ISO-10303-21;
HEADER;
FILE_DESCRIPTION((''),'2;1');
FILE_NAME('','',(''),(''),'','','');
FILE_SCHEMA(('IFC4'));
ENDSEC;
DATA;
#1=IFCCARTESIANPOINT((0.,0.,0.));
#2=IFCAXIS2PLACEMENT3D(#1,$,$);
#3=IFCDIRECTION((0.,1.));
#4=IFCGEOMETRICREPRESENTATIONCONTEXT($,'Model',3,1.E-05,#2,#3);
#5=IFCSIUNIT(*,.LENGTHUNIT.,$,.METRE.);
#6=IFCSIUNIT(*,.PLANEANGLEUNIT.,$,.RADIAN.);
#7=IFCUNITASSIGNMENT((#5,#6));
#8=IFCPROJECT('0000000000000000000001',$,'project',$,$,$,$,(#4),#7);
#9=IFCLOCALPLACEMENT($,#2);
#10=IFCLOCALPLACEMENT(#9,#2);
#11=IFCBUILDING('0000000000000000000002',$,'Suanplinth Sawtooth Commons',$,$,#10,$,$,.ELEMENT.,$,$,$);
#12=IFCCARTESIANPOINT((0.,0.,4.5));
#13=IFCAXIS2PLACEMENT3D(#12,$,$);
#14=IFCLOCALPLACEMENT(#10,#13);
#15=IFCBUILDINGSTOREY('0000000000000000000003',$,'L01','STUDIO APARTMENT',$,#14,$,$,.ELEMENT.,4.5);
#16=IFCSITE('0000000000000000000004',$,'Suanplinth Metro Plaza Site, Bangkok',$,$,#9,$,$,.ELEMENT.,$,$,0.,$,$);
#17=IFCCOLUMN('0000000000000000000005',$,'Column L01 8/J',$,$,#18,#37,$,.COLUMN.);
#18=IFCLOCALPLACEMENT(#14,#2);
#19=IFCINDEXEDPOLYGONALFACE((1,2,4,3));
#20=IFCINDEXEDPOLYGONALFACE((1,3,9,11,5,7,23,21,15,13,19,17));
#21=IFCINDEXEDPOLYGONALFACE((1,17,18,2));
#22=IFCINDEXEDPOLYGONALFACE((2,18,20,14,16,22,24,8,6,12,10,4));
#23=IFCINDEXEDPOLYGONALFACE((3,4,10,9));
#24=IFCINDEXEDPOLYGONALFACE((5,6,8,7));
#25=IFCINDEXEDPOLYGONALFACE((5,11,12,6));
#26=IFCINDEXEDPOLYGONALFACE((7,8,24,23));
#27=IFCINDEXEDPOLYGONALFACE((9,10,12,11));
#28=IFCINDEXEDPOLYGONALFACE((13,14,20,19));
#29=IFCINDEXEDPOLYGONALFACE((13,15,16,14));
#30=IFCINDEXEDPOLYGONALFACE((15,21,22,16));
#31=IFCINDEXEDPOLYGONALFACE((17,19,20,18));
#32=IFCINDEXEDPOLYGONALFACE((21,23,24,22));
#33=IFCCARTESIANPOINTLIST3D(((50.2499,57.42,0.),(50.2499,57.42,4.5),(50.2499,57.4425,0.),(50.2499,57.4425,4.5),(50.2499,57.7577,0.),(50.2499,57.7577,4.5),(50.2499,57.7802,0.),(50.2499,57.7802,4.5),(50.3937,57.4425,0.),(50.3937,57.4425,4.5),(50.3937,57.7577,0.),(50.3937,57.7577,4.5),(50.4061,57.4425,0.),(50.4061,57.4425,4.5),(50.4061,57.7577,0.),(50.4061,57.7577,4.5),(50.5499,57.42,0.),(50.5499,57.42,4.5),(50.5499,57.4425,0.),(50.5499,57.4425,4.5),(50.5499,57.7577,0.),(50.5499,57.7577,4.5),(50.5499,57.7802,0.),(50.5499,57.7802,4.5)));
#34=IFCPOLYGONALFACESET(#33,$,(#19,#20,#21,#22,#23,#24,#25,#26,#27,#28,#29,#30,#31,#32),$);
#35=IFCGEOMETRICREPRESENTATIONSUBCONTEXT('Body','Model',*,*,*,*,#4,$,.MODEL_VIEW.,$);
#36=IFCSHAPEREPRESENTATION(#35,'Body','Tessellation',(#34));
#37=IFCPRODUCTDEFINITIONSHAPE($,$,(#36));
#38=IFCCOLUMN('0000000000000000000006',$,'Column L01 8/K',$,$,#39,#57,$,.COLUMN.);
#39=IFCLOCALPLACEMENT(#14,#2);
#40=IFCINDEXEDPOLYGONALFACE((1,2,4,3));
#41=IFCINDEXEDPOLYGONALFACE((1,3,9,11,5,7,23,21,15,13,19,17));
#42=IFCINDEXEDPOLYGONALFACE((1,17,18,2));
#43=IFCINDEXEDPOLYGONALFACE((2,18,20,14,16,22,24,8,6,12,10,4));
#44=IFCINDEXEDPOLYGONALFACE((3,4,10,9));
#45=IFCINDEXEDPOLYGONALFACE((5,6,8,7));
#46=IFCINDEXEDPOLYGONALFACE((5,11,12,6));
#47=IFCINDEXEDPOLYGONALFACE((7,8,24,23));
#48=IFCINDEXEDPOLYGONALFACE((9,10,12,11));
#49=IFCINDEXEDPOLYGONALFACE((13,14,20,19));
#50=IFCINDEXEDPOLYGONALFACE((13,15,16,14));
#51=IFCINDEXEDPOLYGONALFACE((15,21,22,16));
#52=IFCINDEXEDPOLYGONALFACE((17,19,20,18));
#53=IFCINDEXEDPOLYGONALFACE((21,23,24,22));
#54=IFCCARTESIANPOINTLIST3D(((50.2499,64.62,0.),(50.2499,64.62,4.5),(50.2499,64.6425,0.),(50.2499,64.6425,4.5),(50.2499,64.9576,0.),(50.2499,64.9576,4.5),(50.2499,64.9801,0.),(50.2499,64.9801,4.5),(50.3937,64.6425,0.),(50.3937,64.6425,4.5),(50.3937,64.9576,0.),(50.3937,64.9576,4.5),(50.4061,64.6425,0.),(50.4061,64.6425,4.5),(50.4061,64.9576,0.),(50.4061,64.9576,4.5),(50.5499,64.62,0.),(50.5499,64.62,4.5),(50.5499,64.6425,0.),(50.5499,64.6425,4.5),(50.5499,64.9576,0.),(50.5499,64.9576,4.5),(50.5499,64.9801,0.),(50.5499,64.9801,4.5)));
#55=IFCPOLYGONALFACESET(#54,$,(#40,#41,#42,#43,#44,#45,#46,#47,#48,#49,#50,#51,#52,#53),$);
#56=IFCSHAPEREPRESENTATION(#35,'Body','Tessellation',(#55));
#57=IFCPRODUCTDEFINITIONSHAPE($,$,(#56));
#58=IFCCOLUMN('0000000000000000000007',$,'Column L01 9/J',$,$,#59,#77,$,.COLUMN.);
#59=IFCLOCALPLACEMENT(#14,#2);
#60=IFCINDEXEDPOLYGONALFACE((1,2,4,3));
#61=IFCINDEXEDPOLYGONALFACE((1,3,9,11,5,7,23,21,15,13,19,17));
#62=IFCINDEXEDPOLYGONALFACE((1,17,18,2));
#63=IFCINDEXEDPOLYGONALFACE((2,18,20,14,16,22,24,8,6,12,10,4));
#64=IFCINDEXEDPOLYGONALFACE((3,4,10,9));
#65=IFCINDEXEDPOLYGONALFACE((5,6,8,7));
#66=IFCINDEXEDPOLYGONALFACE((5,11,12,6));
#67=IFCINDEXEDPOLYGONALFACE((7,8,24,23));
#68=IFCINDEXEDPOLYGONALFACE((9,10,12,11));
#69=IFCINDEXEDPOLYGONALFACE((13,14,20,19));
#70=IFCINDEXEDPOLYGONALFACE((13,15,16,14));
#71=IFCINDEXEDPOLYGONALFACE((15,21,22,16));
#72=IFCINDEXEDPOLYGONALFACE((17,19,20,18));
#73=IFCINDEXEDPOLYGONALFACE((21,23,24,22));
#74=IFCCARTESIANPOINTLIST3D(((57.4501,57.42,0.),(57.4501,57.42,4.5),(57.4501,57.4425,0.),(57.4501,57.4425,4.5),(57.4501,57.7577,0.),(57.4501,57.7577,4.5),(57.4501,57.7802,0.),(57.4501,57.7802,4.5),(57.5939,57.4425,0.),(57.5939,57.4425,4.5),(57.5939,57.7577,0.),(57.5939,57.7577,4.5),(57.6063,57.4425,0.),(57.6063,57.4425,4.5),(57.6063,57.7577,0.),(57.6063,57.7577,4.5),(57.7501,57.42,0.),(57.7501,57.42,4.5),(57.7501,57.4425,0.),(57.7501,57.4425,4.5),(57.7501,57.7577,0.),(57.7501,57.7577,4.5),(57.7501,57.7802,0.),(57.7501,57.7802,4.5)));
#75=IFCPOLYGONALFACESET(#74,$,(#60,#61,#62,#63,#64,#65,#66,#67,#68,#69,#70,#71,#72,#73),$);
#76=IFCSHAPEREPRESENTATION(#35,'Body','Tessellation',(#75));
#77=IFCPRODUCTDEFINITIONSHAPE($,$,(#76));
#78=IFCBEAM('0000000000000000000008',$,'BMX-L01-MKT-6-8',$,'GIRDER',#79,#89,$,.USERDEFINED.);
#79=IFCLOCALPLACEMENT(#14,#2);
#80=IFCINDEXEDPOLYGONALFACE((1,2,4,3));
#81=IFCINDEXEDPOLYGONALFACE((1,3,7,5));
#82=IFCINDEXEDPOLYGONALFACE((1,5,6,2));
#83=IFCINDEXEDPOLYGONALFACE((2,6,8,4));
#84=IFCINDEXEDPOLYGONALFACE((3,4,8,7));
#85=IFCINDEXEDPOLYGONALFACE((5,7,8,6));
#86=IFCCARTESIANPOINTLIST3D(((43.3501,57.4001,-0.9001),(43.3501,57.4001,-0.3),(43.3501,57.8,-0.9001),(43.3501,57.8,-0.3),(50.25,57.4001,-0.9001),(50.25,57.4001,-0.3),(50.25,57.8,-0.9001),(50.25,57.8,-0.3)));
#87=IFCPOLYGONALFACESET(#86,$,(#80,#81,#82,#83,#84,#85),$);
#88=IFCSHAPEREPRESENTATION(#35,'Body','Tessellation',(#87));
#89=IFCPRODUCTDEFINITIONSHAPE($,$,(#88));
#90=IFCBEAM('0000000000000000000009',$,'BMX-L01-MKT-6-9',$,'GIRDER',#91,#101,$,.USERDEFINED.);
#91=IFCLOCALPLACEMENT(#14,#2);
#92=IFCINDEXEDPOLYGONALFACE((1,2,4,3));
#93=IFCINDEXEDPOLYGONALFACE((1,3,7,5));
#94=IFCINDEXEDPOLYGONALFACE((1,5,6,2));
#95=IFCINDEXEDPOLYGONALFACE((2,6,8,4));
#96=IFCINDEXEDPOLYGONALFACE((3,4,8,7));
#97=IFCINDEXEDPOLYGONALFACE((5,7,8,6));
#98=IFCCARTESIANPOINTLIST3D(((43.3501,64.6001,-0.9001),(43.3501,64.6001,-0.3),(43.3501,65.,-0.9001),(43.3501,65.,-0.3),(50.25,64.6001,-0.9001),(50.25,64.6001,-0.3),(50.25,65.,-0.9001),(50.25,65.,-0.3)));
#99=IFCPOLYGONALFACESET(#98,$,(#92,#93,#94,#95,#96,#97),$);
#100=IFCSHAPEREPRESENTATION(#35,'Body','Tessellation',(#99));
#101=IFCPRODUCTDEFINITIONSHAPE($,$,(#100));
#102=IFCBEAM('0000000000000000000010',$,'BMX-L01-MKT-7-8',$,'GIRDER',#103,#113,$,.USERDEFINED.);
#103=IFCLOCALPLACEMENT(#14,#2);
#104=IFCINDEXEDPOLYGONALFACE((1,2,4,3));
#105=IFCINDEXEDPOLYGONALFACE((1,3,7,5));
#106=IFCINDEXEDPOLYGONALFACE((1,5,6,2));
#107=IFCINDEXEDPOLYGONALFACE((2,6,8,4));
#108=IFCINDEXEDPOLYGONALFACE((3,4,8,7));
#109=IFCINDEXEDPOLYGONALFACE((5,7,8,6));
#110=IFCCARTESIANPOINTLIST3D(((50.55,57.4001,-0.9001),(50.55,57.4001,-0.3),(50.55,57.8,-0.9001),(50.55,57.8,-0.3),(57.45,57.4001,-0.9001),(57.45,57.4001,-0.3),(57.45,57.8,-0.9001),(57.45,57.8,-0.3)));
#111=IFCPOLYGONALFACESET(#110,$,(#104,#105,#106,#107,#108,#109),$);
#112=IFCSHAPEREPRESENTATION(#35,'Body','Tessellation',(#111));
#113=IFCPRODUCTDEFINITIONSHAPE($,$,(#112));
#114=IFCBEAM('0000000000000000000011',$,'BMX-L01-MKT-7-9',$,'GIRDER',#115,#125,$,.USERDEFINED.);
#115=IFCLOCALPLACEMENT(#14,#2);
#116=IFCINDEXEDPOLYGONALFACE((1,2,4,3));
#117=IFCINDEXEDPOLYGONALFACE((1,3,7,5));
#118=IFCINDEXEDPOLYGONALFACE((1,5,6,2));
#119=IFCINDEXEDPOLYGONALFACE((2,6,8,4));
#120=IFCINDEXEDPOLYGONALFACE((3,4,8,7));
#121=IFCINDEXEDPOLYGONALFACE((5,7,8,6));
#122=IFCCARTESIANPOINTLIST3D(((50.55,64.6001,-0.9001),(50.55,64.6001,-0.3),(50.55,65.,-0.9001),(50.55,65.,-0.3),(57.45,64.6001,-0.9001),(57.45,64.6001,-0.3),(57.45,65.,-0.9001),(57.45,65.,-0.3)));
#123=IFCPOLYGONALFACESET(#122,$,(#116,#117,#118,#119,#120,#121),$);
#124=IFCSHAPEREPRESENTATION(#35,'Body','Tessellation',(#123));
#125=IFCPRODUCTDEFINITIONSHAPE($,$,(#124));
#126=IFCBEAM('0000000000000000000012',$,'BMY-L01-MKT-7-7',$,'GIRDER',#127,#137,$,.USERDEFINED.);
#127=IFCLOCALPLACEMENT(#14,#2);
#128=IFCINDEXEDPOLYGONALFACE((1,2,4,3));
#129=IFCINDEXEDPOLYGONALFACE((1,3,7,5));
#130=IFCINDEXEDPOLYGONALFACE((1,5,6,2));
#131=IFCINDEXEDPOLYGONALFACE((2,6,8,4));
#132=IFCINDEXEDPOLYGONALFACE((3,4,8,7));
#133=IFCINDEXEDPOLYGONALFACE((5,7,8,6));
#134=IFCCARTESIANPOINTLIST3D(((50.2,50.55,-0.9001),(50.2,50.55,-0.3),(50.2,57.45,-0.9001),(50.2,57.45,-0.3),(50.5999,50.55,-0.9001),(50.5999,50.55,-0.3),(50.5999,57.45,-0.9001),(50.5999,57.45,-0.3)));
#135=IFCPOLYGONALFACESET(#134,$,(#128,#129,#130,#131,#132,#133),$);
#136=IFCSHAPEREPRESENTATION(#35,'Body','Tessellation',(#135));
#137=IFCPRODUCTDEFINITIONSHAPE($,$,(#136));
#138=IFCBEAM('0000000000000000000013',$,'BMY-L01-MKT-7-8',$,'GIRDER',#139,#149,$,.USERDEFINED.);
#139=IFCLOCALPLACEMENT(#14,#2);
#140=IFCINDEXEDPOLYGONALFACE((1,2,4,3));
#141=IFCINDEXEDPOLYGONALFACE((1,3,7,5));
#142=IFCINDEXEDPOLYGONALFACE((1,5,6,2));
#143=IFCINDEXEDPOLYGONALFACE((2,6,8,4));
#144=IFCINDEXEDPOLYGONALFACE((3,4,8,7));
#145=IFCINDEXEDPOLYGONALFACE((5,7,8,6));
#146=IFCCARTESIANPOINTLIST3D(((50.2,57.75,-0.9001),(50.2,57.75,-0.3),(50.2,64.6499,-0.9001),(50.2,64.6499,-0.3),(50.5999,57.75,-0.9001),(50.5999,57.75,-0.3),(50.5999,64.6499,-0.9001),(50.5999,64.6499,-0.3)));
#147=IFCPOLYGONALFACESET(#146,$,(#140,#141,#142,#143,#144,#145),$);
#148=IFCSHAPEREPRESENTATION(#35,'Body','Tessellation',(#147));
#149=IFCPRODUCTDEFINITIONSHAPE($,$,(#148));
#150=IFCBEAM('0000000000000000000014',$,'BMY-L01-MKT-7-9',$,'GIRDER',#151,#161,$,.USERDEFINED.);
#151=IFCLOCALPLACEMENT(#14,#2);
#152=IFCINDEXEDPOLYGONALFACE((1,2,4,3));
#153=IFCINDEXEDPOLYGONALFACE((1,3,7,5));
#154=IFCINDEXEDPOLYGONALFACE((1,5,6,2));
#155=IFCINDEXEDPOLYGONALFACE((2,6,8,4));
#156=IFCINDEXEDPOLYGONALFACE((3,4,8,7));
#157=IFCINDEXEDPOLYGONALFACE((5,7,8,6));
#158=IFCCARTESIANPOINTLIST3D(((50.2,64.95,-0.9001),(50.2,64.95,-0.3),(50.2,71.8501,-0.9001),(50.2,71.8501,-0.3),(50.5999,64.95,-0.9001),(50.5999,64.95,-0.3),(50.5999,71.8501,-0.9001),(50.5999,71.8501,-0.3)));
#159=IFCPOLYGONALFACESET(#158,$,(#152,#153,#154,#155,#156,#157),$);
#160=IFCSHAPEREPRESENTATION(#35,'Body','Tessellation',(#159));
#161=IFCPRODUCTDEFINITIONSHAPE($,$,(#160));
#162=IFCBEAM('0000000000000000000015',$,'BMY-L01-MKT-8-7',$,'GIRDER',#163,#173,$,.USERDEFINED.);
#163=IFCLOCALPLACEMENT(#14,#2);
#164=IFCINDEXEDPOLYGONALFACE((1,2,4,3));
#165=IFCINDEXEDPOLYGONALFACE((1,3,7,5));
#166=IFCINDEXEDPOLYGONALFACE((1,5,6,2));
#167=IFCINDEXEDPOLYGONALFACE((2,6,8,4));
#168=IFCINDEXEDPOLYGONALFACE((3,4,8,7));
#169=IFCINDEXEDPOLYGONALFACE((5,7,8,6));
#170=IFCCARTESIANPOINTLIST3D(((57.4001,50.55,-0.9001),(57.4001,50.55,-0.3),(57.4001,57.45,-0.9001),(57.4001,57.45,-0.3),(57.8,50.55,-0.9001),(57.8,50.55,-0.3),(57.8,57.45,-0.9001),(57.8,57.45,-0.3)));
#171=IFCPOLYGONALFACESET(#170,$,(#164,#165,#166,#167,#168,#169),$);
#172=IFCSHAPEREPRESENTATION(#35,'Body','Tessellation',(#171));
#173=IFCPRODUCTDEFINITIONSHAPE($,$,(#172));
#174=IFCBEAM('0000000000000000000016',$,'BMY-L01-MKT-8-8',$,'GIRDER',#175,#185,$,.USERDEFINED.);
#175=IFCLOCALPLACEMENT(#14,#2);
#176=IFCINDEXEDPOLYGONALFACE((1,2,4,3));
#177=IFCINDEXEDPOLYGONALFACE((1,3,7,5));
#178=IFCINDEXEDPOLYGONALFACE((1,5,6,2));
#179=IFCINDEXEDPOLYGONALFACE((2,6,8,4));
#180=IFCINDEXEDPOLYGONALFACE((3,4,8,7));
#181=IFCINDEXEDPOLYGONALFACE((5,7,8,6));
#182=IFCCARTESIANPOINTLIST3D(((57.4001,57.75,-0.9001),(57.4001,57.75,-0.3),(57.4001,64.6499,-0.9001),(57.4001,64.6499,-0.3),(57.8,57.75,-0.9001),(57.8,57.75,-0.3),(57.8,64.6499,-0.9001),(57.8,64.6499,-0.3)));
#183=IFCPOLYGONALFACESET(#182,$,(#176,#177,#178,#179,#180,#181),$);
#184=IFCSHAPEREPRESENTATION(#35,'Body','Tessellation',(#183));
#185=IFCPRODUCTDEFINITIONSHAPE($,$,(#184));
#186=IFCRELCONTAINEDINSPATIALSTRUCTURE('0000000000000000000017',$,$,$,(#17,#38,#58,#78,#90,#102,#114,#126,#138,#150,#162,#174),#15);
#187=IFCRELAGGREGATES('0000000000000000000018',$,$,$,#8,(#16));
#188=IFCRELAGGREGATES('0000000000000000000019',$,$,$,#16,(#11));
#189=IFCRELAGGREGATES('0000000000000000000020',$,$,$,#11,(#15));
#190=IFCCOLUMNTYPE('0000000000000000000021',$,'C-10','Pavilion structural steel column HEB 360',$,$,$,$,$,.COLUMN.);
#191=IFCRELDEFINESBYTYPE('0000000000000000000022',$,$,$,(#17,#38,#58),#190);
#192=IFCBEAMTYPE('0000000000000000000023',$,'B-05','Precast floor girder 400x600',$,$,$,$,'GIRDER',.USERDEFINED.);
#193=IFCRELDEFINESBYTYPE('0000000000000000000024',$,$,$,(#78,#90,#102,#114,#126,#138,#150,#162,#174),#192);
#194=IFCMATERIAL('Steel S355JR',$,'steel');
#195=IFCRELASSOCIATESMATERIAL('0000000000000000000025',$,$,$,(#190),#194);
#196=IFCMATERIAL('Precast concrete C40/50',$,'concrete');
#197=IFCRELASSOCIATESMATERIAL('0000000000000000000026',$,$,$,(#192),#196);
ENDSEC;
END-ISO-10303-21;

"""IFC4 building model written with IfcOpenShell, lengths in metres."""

from ifc_helpers import new_model, si_unit, direction, frame, origin, origin_2d, place, context, subcontext, project, spatial, rectangle, i_section, extrude, material, material_profile, profile_set, type_object, element, save


model = new_model("IFC4")

# Units and contexts
model_context = context("Model", 3, precision=1e-05, world=origin(), true_north=direction((0.0, 1.0)))
body_context = subcontext(model_context, "Body", "Model", "MODEL_VIEW")
ifc_project = project(units=[si_unit("LENGTHUNIT", "METRE"), si_unit("PLANEANGLEUNIT", "RADIAN")], contexts=[model_context])

# Site, building, storey
site_placement = place(None, origin())
site = spatial("IfcSite", under=ifc_project, at=site_placement, Name="Suanplinth Metro Plaza Site, Bangkok", CompositionType="ELEMENT", RefElevation=0.0)
building_placement = place(site_placement, origin())
building = spatial("IfcBuilding", under=site, at=building_placement, Name="Suanplinth Sawtooth Commons", CompositionType="ELEMENT")
storey_placement = place(building_placement, frame((0.0, 0.0, 4.5)))
storey = spatial("IfcBuildingStorey", under=building, at=storey_placement, Name="L01", Description="STUDIO APARTMENT", CompositionType="ELEMENT", Elevation=4.5)

# Columns
ifc_material_1 = material(Name="Steel S355JR", Category="steel")
ifc_material_profile_1 = material_profile(ifc_material_1, i_section(OverallWidth=0.3, OverallDepth=0.3601, WebThickness=0.0125, FlangeThickness=0.0225, at=origin_2d()), Name="HEB 360")
ifc_profile_set_1 = profile_set([ifc_material_profile_1], Name="Steel S355JR")
column_type = type_object("IfcColumnType", Name="C-10", Description="Pavilion structural steel column HEB 360", PredefinedType="COLUMN", material=ifc_profile_set_1)
for number, where, z_axis, x_axis, name in (
    (1, (50.3999, 57.6001, 0.0), (0.0, 0.0, 1.0), (1.0, 0.0, 0.0), "Column L01 8/J"),
    (2, (50.3999, 64.8, 0.0), (0.0, 0.0, 1.0), (1.0, 0.0, 0.0), "Column L01 8/K"),
    (3, (57.6001, 57.6001, 0.0), (0.0, 0.0, 1.0), (1.0, 0.0, 0.0), "Column L01 9/J"),
):
    element("IfcColumn", number, at=place(storey_placement, frame(where, z_axis=z_axis, x_axis=x_axis)), inside=storey, type_object=column_type, Name=name, PredefinedType="COLUMN", context=body_context, shape_type="SweptSolid", body=[
        extrude(i_section(OverallWidth=0.3, OverallDepth=0.3601, WebThickness=0.0125, FlangeThickness=0.0225, at=origin_2d()), origin(), (0.0, 0.0, 1.0), 4.5),
    ])

# Beams
ifc_material_2 = material(Name="Precast concrete C40/50", Category="concrete")
ifc_material_profile_2 = material_profile(ifc_material_2, rectangle(XDim=0.3999, YDim=0.6001, at=origin_2d()), Name="PC-GDR 400x600")
ifc_profile_set_2 = profile_set([ifc_material_profile_2], Name="Precast concrete C40/50")
beam_type = type_object("IfcBeamType", Name="B-05", Description="Precast floor girder 400x600", ElementType="GIRDER", PredefinedType="USERDEFINED", material=ifc_profile_set_2)
for number, where, z_axis, x_axis, name in (
    (4, (43.3501, 57.6001, -0.6001), (1.0, 0.0, 0.0), (0.0, 1.0, 0.0), "BMX-L01-MKT-6-8"),
    (5, (43.3501, 64.8, -0.6001), (1.0, 0.0, 0.0), (0.0, 1.0, 0.0), "BMX-L01-MKT-6-9"),
    (6, (50.55, 57.6001, -0.6001), (1.0, 0.0, 0.0), (0.0, 1.0, 0.0), "BMX-L01-MKT-7-8"),
    (7, (50.55, 64.8, -0.6001), (1.0, 0.0, 0.0), (0.0, 1.0, 0.0), "BMX-L01-MKT-7-9"),
    (8, (50.3999, 50.55, -0.6001), (0.0, 1.0, 0.0), (-1.0, 0.0, 0.0), "BMY-L01-MKT-7-7"),
    (9, (50.3999, 57.75, -0.6001), (0.0, 1.0, 0.0), (-1.0, 0.0, 0.0), "BMY-L01-MKT-7-8"),
):
    element("IfcBeam", number, at=place(storey_placement, frame(where, z_axis=z_axis, x_axis=x_axis)), inside=storey, type_object=beam_type, Name=name, ObjectType="GIRDER", PredefinedType="USERDEFINED", context=body_context, shape_type="SweptSolid", body=[
        extrude(rectangle(XDim=0.3999, YDim=0.6001, at=origin_2d()), origin(), (0.0, 0.0, 1.0), 6.8999),
    ])
beam_placement = place(storey_placement, frame((50.3999, 64.95, -0.6001), z_axis=(0.0, 1.0, 0.0), x_axis=(-1.0, 0.0, 0.0)))
element("IfcBeam", 10, at=beam_placement, inside=storey, type_object=beam_type, Name="BMY-L01-MKT-7-9", ObjectType="GIRDER", PredefinedType="USERDEFINED", context=body_context, shape_type="SweptSolid", body=[
    extrude(rectangle(XDim=0.3999, YDim=0.6001, at=origin_2d()), origin(), (0.0, 0.0, 1.0), 6.9001),
])
for number, where, z_axis, x_axis, name in (
    (11, (57.6001, 50.55, -0.6001), (0.0, 1.0, 0.0), (-1.0, 0.0, 0.0), "BMY-L01-MKT-8-7"),
    (12, (57.6001, 57.75, -0.6001), (0.0, 1.0, 0.0), (-1.0, 0.0, 0.0), "BMY-L01-MKT-8-8"),
):
    element("IfcBeam", number, at=place(storey_placement, frame(where, z_axis=z_axis, x_axis=x_axis)), inside=storey, type_object=beam_type, Name=name, ObjectType="GIRDER", PredefinedType="USERDEFINED", context=body_context, shape_type="SweptSolid", body=[
        extrude(rectangle(XDim=0.3999, YDim=0.6001, at=origin_2d()), origin(), (0.0, 0.0, 1.0), 6.8999),
    ])

save(model, "model.ifc")
